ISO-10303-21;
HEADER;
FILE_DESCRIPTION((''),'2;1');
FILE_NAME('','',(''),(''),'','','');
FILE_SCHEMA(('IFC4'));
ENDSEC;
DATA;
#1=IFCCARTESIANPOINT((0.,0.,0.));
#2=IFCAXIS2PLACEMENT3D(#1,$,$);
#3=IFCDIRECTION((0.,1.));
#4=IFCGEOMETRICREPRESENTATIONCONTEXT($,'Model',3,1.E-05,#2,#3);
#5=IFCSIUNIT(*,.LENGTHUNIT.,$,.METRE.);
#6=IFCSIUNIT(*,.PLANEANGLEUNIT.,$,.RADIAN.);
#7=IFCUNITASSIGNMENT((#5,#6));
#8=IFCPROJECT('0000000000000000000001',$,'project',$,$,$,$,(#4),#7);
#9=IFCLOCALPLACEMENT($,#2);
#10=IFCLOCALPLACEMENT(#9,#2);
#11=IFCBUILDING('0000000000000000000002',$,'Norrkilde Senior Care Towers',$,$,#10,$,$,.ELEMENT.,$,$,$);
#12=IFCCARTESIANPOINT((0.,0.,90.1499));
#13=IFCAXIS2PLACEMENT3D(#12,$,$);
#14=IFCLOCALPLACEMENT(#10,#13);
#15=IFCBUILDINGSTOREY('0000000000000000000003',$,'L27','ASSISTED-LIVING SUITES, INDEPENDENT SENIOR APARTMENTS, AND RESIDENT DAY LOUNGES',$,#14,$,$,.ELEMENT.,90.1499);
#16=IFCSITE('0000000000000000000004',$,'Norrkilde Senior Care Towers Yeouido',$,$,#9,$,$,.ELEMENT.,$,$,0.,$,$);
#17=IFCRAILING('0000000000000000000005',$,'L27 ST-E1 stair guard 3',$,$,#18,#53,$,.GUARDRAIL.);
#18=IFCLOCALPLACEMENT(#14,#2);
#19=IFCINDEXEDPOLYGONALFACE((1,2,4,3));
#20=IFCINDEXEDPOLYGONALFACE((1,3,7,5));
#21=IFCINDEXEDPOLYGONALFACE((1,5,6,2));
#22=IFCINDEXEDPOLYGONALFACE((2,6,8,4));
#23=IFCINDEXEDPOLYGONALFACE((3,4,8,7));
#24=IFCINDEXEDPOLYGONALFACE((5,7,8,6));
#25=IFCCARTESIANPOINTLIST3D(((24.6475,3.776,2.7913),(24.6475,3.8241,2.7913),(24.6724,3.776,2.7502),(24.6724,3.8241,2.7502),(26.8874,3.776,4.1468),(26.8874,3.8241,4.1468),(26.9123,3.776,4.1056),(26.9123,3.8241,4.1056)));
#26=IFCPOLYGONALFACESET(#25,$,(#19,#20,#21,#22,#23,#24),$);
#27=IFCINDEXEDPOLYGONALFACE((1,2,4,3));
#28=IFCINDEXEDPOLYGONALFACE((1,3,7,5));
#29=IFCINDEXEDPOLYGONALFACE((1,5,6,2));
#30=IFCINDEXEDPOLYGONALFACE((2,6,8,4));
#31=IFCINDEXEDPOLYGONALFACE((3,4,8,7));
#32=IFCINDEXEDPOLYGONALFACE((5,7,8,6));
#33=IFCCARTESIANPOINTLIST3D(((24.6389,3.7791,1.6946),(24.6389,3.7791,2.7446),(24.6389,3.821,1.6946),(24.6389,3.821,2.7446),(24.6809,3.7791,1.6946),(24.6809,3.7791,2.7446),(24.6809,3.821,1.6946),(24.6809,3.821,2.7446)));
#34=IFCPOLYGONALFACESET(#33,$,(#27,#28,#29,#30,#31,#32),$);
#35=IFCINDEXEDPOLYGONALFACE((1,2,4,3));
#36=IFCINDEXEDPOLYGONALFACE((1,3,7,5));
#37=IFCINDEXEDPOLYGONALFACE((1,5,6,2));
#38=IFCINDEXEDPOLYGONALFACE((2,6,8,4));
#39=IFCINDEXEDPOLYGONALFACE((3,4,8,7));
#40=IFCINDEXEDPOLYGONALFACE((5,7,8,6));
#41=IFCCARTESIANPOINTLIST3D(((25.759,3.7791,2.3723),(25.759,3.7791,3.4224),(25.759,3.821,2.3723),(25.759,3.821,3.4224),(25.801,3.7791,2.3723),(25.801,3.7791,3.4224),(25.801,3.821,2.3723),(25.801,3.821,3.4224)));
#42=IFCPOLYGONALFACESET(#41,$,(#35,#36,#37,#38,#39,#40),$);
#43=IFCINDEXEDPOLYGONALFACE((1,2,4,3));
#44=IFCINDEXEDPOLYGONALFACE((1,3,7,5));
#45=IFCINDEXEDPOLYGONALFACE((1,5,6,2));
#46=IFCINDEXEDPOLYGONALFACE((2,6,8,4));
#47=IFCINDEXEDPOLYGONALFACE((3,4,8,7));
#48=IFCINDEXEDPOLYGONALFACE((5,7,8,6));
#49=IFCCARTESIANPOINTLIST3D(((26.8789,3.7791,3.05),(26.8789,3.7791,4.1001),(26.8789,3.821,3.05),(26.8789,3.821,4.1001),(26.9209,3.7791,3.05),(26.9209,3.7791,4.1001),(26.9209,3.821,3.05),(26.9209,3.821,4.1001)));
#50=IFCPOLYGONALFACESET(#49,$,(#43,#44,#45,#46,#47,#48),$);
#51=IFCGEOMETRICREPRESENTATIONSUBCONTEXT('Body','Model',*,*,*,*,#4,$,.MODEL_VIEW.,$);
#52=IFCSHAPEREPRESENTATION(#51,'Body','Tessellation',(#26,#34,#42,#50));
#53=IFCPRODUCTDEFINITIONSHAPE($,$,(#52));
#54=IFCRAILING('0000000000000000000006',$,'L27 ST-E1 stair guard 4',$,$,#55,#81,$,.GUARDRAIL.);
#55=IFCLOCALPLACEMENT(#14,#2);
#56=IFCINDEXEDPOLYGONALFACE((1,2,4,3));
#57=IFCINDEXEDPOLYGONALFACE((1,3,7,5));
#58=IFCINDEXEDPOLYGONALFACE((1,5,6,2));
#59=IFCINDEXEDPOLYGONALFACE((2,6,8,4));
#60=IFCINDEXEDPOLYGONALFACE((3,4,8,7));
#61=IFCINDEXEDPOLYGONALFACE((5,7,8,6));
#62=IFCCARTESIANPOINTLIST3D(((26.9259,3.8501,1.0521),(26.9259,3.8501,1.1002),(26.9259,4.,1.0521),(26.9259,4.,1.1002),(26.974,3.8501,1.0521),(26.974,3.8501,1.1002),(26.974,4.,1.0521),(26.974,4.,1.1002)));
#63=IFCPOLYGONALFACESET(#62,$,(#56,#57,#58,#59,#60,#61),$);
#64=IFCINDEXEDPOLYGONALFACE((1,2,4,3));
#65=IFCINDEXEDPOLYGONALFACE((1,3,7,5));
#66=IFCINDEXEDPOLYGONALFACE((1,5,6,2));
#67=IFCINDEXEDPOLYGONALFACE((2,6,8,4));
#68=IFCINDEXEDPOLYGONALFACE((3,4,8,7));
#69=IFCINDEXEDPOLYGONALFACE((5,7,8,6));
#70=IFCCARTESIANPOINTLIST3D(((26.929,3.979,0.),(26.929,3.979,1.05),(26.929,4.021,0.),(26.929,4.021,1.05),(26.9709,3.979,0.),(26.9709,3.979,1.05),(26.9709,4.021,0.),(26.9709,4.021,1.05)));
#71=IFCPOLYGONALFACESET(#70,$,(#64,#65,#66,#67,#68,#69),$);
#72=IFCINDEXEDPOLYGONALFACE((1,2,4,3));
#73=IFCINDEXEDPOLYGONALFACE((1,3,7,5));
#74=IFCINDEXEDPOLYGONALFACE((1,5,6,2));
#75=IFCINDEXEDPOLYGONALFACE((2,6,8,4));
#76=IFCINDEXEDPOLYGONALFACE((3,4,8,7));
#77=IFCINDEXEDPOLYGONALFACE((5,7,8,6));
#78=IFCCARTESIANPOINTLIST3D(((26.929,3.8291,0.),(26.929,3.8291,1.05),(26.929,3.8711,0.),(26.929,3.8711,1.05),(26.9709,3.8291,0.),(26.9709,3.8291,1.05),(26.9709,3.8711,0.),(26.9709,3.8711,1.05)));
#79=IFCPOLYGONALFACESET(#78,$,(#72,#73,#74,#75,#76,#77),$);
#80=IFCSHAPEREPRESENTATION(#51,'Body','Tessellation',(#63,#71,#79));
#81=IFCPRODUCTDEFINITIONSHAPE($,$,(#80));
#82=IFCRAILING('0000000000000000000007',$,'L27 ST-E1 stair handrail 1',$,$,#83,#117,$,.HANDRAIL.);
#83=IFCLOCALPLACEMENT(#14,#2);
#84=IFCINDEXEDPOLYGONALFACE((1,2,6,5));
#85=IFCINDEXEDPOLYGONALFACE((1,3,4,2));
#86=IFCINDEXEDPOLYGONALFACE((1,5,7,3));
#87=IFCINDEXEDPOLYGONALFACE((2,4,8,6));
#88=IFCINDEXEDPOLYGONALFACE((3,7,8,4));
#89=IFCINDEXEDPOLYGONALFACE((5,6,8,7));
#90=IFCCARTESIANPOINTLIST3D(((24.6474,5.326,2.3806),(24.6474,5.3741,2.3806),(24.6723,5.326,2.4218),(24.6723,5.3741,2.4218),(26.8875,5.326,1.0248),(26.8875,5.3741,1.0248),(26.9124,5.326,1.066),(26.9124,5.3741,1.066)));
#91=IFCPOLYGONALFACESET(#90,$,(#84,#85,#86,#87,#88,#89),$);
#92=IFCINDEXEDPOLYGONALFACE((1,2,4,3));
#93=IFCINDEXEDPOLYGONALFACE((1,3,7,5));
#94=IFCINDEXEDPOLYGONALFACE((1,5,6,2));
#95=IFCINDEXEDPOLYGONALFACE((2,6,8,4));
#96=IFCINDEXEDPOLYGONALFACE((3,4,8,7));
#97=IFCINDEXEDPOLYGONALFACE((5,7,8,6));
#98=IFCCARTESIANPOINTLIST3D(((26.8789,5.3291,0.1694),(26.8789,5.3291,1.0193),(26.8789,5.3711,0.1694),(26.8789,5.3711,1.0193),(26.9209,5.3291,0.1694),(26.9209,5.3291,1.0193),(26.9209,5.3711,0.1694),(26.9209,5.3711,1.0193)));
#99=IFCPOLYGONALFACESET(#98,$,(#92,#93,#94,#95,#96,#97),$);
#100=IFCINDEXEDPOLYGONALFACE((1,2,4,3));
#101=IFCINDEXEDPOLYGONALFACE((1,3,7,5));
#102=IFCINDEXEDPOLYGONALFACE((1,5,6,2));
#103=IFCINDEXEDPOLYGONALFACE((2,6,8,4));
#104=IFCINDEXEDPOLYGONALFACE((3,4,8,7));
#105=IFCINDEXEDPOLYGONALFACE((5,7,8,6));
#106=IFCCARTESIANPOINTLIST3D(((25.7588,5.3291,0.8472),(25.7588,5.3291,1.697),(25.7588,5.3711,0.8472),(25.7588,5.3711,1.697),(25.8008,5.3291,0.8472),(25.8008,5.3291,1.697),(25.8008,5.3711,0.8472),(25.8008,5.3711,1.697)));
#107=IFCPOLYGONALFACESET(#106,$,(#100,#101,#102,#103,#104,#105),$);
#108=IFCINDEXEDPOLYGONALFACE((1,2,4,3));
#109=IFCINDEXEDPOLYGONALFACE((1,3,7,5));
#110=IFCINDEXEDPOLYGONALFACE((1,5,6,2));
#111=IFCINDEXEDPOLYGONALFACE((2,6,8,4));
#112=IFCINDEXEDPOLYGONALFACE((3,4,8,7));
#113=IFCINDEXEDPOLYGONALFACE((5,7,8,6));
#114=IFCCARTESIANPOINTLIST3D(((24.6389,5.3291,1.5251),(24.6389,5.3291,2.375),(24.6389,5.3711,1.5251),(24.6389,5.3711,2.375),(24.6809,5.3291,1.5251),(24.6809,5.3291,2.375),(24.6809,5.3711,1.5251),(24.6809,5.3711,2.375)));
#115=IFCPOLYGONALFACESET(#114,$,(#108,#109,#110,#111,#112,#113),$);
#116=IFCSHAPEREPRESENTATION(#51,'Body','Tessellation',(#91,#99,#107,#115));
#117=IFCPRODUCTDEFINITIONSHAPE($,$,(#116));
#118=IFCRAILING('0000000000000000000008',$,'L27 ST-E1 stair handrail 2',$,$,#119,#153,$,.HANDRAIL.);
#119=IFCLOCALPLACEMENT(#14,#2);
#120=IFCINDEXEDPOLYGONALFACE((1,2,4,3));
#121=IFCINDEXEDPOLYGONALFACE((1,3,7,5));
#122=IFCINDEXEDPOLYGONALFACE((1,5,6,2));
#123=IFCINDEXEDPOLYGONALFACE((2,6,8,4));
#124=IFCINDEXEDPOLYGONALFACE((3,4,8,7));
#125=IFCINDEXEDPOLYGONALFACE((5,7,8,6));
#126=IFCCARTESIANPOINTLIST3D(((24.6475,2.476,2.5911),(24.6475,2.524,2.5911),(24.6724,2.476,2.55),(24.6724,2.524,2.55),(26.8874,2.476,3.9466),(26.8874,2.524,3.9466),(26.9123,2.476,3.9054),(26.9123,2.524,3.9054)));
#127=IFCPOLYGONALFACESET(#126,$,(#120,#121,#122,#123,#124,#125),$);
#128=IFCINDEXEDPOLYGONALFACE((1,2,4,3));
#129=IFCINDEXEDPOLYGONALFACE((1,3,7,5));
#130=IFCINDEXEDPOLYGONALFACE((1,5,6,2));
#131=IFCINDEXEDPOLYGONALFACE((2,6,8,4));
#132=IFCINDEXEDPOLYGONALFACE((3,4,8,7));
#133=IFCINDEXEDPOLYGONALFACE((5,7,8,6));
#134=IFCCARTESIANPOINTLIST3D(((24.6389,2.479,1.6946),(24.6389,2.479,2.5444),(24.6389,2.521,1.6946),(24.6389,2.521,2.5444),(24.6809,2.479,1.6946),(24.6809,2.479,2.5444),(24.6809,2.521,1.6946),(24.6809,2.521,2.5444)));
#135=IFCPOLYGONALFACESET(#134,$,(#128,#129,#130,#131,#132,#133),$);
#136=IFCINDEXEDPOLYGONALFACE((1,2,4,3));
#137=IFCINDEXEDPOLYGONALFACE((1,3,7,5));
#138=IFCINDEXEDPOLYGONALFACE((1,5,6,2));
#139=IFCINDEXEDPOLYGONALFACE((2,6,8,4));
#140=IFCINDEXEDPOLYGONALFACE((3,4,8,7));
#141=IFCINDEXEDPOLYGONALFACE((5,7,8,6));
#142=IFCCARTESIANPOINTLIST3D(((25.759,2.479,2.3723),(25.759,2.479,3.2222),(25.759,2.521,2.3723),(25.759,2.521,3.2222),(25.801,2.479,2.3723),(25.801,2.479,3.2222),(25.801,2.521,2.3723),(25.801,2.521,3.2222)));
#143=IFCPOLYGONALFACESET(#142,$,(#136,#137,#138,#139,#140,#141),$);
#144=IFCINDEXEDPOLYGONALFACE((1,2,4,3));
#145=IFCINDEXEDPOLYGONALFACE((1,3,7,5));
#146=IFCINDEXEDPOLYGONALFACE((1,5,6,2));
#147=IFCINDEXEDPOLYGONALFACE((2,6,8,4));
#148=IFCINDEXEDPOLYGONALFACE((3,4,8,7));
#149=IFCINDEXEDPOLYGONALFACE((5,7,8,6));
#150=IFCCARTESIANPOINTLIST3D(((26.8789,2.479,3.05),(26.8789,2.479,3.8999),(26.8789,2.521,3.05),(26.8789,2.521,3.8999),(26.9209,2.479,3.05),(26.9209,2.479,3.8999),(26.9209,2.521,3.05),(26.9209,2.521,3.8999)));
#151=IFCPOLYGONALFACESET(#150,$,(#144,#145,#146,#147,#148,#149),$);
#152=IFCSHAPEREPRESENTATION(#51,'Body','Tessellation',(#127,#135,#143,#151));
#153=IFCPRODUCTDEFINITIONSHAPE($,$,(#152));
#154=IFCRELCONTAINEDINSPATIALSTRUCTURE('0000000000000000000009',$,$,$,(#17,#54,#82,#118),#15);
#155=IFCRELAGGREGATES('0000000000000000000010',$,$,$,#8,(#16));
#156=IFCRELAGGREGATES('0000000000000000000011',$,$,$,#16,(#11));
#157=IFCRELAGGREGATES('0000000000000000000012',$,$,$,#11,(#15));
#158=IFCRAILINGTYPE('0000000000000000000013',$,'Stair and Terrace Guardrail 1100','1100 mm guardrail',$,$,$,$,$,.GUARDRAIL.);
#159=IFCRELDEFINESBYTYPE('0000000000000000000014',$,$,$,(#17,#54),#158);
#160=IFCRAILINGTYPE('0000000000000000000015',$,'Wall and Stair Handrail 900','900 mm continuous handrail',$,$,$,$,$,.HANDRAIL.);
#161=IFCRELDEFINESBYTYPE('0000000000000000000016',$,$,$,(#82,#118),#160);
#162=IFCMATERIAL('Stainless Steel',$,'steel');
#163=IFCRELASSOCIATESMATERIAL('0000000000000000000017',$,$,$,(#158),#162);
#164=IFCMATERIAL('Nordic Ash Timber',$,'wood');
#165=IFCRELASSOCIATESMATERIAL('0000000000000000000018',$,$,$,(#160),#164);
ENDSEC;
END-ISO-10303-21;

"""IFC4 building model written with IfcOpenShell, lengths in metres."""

from ifc_helpers import new_model, si_unit, direction, frame, origin, origin_2d, place, context, subcontext, project, spatial, rectangle, extrude, material, type_object, element, save


model = new_model("IFC4")

# Units and contexts
model_context = context("Model", 3, precision=1e-05, world=origin(), true_north=direction((0.0, 1.0)))
body_context = subcontext(model_context, "Body", "Model", "MODEL_VIEW")
ifc_project = project(units=[si_unit("LENGTHUNIT", "METRE"), si_unit("PLANEANGLEUNIT", "RADIAN")], contexts=[model_context])

# Site, building, storey
site_placement = place(None, origin())
site = spatial("IfcSite", under=ifc_project, at=site_placement, Name="Norrkilde Senior Care Towers Yeouido", CompositionType="ELEMENT", RefElevation=0.0)
building_placement = place(site_placement, origin())
building = spatial("IfcBuilding", under=site, at=building_placement, Name="Norrkilde Senior Care Towers", CompositionType="ELEMENT")
storey_placement = place(building_placement, frame((0.0, 0.0, 90.1499)))
storey = spatial("IfcBuildingStorey", under=building, at=storey_placement, Name="L27", Description="ASSISTED-LIVING SUITES, INDEPENDENT SENIOR APARTMENTS, AND RESIDENT DAY LOUNGES", CompositionType="ELEMENT", Elevation=90.1499)

# Railings
ifc_material_1 = material(Name="Stainless Steel", Category="steel")
railing_type_1 = type_object("IfcRailingType", Name="Stair and Terrace Guardrail 1100", Description="1100 mm guardrail", PredefinedType="GUARDRAIL", material=ifc_material_1)
railing_1_placement = place(storey_placement, frame((24.6599, 3.8, 1.6946)))
element("IfcRailing", 1, at=railing_1_placement, inside=storey, type_object=railing_type_1, Name="L27 ST-E1 stair guard 3", PredefinedType="GUARDRAIL", context=body_context, shape_type="SweptSolid", body=[
    extrude(rectangle(XDim=0.0481, YDim=0.0481, at=origin_2d()), frame((0.0, 0.0, 1.0762), z_axis=(0.855553, 0.0, 0.517715), x_axis=(0.0, 1.0, 0.0)), (0.0, 0.0, 1.0), 2.6182),
    extrude(rectangle(XDim=0.042, YDim=0.042, at=origin_2d()), origin(), (0.0, 0.0, 1.0), 1.05),
    extrude(rectangle(XDim=0.042, YDim=0.042, at=origin_2d()), frame((1.1201, 0.0, 0.6777)), (0.0, 0.0, 1.0), 1.05),
    extrude(rectangle(XDim=0.042, YDim=0.042, at=origin_2d()), frame((2.24, 0.0, 1.3555)), (0.0, 0.0, 1.0), 1.05),
])
railing_2_placement = place(storey_placement, frame((26.95, 4.0, 0.0)))
element("IfcRailing", 2, at=railing_2_placement, inside=storey, type_object=railing_type_1, Name="L27 ST-E1 stair guard 4", PredefinedType="GUARDRAIL", context=body_context, shape_type="SweptSolid", body=[
    extrude(rectangle(XDim=0.0481, YDim=0.0481, at=origin_2d()), frame((0.0, 0.0, 1.0762), z_axis=(0.0, -1.0, 0.0), x_axis=(1.0, 0.0, 0.0)), (0.0, 0.0, 1.0), 0.1499),
    extrude(rectangle(XDim=0.042, YDim=0.042, at=origin_2d()), origin(), (0.0, 0.0, 1.0), 1.05),
    extrude(rectangle(XDim=0.042, YDim=0.042, at=origin_2d()), frame((0.0, -0.1499, 0.0)), (0.0, 0.0, 1.0), 1.05),
])
ifc_material_2 = material(Name="Nordic Ash Timber", Category="wood")
railing_type_2 = type_object("IfcRailingType", Name="Wall and Stair Handrail 900", Description="900 mm continuous handrail", PredefinedType="HANDRAIL", material=ifc_material_2)
railing_3_placement = place(storey_placement, frame((26.8999, 5.3501, 0.1694)))
element("IfcRailing", 3, at=railing_3_placement, inside=storey, type_object=railing_type_2, Name="L27 ST-E1 stair handrail 1", PredefinedType="HANDRAIL", context=body_context, shape_type="SweptSolid", body=[
    extrude(rectangle(XDim=0.0481, YDim=0.0481, at=origin_2d()), frame((0.0, 0.0, 0.876), z_axis=(-0.855512, 0.0, 0.517783), x_axis=(0.0, -1.0, 0.0)), (0.0, 0.0, 1.0), 2.6184),
    extrude(rectangle(XDim=0.042, YDim=0.042, at=origin_2d()), origin(), (0.0, 0.0, 1.0), 0.8499),
    extrude(rectangle(XDim=0.042, YDim=0.042, at=origin_2d()), frame((-1.1201, 0.0, 0.6777)), (0.0, 0.0, 1.0), 0.8499),
    extrude(rectangle(XDim=0.042, YDim=0.042, at=origin_2d()), frame((-2.24, 0.0, 1.3557)), (0.0, 0.0, 1.0), 0.8499),
])
railing_4_placement = place(storey_placement, frame((24.6599, 2.5, 1.6946)))
element("IfcRailing", 4, at=railing_4_placement, inside=storey, type_object=railing_type_2, Name="L27 ST-E1 stair handrail 2", PredefinedType="HANDRAIL", context=body_context, shape_type="SweptSolid", body=[
    extrude(rectangle(XDim=0.0481, YDim=0.0481, at=origin_2d()), frame((0.0, 0.0, 0.876), z_axis=(0.855553, 0.0, 0.517715), x_axis=(0.0, 1.0, 0.0)), (0.0, 0.0, 1.0), 2.6182),
    extrude(rectangle(XDim=0.042, YDim=0.042, at=origin_2d()), origin(), (0.0, 0.0, 1.0), 0.8499),
    extrude(rectangle(XDim=0.042, YDim=0.042, at=origin_2d()), frame((1.1201, 0.0, 0.6777)), (0.0, 0.0, 1.0), 0.8499),
    extrude(rectangle(XDim=0.042, YDim=0.042, at=origin_2d()), frame((2.24, 0.0, 1.3555)), (0.0, 0.0, 1.0), 0.8499),
])

save(model, "model.ifc")
